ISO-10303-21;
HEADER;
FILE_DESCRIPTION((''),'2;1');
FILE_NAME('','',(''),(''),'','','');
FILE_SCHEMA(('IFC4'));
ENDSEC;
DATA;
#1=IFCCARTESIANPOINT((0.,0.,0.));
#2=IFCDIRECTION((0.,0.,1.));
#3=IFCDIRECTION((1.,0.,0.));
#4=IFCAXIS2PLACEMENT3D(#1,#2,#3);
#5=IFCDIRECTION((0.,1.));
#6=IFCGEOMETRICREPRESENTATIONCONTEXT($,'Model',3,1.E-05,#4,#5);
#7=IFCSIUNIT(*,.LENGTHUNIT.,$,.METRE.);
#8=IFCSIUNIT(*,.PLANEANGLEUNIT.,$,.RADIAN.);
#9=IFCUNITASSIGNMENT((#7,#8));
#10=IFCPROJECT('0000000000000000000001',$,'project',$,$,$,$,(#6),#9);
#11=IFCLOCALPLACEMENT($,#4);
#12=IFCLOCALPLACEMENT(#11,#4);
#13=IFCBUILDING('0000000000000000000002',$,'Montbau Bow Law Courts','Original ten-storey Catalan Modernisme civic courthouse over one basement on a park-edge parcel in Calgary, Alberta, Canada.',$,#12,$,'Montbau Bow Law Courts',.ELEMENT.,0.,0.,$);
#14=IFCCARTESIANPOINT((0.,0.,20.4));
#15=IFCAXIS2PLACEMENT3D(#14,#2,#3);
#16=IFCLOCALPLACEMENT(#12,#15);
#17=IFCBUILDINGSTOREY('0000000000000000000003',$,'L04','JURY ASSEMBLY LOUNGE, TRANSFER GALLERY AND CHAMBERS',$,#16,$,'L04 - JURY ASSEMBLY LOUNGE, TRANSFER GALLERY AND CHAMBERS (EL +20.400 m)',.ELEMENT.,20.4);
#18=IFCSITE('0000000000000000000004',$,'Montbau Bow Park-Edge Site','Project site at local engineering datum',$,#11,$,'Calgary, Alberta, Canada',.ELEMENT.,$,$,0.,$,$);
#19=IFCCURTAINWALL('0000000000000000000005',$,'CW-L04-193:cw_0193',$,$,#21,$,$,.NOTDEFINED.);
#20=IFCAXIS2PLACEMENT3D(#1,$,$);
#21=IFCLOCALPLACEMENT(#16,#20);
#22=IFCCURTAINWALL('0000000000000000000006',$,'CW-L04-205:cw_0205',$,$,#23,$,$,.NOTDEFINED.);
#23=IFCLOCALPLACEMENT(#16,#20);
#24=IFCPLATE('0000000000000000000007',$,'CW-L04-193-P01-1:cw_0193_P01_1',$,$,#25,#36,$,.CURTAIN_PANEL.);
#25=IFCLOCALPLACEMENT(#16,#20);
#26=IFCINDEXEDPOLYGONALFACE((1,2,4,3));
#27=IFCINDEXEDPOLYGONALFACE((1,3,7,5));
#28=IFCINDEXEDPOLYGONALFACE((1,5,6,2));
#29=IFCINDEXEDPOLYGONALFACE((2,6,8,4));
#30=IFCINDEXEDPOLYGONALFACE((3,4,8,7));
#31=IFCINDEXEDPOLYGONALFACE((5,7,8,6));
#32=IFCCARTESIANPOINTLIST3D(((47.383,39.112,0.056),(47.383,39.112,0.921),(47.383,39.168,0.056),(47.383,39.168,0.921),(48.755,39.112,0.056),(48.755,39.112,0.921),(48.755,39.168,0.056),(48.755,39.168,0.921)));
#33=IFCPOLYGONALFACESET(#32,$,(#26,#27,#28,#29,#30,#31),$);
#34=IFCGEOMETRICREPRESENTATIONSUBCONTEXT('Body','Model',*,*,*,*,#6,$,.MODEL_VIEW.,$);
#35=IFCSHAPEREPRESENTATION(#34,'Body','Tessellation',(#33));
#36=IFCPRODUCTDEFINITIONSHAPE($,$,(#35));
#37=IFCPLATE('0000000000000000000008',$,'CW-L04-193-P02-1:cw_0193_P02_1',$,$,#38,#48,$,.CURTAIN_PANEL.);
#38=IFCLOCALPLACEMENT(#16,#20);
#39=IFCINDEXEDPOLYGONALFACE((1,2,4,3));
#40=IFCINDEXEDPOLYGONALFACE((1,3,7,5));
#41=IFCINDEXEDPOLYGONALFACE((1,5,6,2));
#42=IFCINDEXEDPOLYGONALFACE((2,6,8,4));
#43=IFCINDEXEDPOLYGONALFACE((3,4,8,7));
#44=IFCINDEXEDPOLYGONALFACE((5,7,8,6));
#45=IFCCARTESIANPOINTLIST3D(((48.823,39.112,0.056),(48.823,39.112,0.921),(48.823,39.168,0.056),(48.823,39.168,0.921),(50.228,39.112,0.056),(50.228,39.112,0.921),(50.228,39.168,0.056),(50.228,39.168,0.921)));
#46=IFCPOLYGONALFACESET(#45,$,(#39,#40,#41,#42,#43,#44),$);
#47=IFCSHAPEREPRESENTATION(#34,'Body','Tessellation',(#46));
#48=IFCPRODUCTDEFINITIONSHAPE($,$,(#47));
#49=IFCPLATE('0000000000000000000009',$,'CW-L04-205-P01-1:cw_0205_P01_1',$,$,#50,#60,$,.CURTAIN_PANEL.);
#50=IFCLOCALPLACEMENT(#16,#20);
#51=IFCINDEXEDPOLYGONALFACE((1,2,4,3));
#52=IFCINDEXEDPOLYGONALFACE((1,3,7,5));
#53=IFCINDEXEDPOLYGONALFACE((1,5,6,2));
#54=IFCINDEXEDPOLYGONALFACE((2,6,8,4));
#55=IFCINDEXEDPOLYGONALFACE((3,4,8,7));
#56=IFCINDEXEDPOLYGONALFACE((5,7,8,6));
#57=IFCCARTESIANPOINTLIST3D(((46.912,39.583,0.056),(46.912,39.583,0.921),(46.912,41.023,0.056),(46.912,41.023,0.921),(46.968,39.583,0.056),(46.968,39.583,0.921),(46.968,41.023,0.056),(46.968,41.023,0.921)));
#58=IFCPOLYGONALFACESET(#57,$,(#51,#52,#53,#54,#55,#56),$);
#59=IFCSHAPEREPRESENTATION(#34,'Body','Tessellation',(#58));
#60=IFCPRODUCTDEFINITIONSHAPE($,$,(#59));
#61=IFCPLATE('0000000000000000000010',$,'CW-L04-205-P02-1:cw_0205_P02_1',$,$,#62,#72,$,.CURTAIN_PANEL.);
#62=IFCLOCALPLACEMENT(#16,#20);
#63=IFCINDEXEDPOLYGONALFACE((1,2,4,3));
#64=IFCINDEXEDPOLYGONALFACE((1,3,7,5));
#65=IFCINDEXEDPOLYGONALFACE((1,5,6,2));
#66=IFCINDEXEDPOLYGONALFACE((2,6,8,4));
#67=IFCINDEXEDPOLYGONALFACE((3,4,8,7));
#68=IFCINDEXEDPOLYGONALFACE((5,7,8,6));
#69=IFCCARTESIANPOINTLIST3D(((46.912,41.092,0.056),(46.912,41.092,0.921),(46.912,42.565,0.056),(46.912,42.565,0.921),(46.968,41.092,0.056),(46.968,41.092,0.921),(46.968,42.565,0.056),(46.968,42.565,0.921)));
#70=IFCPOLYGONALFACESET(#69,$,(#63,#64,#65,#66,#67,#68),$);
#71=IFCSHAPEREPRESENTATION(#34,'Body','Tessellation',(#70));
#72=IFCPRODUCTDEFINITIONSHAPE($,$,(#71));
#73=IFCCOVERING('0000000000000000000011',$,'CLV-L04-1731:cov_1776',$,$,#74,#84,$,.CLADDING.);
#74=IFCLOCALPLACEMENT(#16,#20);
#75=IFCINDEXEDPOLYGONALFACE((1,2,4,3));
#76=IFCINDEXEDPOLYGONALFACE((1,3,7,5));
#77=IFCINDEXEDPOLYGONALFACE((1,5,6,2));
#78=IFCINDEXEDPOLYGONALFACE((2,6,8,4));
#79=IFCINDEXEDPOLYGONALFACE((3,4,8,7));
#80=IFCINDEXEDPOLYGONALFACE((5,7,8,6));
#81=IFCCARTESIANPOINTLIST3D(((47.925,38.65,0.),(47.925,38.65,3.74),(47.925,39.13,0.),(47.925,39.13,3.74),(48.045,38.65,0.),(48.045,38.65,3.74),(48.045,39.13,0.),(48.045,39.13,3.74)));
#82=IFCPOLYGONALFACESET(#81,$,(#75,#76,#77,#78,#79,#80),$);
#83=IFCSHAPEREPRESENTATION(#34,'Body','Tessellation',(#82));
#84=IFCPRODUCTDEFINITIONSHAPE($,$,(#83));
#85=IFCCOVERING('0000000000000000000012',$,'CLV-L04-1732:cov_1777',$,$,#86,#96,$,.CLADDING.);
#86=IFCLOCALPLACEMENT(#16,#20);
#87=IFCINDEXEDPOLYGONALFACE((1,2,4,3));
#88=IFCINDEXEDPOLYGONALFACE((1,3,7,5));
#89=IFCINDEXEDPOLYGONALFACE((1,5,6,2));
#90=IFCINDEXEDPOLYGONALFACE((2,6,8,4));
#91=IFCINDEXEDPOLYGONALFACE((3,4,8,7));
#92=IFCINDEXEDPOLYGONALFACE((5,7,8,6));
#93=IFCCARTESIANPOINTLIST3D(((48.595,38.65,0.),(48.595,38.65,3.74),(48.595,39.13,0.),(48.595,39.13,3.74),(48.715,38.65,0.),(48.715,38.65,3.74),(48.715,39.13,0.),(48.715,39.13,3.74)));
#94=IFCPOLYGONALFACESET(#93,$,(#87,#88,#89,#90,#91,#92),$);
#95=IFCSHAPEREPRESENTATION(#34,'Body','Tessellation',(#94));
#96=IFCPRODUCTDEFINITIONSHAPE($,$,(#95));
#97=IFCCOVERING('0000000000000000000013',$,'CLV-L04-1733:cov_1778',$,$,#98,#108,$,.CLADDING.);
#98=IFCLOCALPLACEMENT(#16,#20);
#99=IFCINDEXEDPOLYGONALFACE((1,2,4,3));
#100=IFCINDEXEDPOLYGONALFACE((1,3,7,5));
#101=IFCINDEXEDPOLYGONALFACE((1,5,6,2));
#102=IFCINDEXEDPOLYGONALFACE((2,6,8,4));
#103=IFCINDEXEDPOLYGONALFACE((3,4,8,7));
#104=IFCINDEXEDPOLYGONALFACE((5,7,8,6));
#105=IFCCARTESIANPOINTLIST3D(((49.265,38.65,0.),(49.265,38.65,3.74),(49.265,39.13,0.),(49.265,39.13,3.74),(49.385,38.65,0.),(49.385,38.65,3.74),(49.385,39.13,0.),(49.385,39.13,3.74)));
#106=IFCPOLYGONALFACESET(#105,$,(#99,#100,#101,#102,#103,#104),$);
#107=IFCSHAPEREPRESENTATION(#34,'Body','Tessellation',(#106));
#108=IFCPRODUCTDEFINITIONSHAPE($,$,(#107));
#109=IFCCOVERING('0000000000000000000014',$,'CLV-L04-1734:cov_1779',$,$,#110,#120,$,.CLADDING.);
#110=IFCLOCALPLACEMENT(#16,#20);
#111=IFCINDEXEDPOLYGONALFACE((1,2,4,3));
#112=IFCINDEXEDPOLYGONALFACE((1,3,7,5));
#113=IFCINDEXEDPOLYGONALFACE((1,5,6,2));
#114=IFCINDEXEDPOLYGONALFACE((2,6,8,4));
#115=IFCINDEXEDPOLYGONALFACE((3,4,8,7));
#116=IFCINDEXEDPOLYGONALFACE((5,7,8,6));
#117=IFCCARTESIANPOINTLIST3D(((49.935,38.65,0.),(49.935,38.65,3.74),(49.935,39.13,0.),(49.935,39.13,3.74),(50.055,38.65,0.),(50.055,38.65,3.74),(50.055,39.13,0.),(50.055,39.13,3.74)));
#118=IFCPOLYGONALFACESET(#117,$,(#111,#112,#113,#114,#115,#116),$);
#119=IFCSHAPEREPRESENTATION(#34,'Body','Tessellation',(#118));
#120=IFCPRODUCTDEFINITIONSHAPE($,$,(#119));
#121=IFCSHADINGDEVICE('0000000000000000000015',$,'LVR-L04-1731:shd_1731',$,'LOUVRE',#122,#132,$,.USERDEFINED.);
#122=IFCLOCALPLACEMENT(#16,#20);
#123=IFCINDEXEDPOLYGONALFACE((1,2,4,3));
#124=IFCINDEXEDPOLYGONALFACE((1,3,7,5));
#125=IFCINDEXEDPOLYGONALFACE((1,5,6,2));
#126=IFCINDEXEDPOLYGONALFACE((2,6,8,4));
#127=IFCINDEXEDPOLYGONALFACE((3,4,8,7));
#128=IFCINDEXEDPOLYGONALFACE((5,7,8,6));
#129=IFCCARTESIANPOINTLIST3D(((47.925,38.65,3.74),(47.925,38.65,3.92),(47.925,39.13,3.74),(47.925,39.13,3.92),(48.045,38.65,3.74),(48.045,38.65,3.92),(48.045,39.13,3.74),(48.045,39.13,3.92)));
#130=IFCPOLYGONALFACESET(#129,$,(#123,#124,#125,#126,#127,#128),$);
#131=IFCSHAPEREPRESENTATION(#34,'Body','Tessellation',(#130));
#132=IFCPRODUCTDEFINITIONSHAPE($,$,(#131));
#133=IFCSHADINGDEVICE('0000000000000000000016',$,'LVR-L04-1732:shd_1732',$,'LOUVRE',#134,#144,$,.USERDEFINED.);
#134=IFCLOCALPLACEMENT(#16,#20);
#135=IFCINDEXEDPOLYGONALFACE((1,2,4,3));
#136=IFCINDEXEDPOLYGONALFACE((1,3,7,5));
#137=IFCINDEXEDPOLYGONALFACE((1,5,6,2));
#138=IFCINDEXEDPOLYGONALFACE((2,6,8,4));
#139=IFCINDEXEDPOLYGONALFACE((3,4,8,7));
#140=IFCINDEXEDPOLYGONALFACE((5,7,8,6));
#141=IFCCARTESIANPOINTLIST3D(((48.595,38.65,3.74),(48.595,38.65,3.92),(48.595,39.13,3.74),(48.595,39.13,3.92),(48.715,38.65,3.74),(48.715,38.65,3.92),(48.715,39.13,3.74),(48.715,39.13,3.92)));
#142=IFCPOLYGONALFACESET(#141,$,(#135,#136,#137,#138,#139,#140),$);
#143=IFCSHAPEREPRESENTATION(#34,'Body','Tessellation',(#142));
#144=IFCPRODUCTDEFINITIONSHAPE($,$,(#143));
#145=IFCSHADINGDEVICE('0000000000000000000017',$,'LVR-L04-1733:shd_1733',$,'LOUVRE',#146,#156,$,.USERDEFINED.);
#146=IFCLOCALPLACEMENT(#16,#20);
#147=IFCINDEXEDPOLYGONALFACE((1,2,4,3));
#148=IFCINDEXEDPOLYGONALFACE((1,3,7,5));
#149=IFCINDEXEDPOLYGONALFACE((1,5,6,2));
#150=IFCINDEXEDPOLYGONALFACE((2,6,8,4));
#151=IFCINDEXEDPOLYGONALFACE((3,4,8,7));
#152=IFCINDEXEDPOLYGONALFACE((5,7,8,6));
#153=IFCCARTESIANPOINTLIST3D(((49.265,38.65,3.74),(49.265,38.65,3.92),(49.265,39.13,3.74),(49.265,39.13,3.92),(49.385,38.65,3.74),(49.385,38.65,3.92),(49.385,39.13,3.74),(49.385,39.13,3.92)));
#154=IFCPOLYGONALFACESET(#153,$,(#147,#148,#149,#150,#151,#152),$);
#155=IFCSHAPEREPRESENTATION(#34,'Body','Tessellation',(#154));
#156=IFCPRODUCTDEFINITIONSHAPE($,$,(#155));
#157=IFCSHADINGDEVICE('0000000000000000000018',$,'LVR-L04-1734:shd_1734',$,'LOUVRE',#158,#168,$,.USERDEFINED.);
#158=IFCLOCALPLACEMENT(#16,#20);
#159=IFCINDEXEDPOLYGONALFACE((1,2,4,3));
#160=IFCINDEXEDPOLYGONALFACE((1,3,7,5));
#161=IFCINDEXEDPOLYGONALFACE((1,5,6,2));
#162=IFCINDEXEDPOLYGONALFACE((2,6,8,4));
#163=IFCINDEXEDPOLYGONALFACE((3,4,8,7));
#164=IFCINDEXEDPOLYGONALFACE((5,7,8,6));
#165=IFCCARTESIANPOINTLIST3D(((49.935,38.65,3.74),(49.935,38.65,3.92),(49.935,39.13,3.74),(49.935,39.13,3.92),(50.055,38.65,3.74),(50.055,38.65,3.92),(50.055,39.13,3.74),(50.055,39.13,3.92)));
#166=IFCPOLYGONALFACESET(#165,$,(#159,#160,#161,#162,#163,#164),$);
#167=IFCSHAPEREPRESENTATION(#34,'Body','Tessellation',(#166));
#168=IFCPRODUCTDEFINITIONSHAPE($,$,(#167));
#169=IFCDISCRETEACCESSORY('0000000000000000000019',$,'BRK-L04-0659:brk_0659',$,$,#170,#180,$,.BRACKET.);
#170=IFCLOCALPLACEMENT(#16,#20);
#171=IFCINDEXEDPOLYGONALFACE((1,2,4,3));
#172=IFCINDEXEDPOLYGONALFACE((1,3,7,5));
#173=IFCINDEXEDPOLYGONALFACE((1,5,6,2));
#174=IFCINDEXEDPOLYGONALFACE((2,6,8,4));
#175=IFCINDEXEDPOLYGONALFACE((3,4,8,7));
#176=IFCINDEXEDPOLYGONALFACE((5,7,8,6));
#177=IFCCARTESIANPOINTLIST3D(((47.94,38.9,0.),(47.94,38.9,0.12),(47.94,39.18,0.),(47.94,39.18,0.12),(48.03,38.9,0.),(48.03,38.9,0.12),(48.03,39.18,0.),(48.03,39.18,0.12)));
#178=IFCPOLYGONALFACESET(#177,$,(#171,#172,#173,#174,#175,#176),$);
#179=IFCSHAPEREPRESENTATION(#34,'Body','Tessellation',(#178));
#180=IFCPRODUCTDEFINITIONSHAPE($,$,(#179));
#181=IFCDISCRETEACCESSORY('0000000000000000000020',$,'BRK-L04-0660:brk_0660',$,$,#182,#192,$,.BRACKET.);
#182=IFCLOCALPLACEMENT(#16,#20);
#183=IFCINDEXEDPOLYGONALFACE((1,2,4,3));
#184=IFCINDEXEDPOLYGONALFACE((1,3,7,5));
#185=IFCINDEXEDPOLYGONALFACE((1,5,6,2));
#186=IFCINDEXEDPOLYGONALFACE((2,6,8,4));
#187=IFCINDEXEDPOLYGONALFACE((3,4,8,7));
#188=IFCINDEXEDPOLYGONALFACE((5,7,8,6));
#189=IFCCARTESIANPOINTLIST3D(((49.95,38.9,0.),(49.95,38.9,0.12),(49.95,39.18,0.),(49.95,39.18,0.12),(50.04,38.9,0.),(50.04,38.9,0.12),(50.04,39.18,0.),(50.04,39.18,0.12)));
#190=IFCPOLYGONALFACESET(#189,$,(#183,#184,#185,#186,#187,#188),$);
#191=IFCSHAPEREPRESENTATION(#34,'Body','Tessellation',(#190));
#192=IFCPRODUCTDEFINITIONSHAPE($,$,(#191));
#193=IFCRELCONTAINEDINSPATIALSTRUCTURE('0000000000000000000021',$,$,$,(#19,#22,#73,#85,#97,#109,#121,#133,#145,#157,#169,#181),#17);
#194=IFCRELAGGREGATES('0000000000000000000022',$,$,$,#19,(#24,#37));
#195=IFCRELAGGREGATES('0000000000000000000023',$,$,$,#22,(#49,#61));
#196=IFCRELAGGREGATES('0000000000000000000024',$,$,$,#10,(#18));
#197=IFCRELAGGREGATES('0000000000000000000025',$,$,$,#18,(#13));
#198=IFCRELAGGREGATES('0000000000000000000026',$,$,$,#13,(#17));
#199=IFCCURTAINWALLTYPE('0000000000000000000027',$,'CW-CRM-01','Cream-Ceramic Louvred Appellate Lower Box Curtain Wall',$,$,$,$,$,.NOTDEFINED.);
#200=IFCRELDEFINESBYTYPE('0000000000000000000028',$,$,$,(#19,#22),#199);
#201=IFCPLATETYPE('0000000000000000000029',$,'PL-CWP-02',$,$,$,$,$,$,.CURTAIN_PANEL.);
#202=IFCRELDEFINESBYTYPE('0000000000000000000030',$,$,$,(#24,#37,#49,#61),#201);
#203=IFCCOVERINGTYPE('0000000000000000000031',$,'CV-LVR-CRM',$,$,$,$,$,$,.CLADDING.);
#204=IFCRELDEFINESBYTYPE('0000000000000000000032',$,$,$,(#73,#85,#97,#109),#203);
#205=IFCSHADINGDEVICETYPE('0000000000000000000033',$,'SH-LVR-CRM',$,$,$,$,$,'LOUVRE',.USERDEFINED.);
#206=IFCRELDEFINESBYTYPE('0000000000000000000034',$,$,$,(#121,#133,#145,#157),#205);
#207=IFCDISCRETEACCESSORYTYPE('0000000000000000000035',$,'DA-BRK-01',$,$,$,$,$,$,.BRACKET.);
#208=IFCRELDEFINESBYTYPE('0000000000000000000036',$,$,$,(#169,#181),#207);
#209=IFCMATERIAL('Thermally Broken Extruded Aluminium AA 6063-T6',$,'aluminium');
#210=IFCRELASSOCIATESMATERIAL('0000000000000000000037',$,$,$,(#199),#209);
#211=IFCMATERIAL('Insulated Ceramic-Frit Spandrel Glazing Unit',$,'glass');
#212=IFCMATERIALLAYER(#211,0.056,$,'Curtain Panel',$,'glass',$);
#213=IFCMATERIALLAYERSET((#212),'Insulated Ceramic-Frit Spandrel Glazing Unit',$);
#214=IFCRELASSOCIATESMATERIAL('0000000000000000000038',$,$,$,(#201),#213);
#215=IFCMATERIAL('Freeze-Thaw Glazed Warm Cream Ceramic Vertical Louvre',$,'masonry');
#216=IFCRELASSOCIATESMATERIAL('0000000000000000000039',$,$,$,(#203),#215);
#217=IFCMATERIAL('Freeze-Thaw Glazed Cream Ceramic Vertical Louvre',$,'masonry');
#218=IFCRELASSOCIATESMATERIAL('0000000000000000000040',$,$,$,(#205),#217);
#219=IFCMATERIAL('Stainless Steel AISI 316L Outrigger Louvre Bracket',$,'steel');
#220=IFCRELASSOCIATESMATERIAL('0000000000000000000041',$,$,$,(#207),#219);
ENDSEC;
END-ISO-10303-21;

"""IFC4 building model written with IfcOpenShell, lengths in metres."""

from ifc_helpers import new_model, si_unit, direction, frame, frame_2d, origin_with_axes, origin_2d_with_axis, place, context, subcontext, project, spatial, rectangle, extrude, material, layer, layer_set, type_object, element, aggregate, save


model = new_model("IFC4")

# Units and contexts
model_context = context("Model", 3, precision=1e-05, world=origin_with_axes(), true_north=direction((0.0, 1.0)))
body_context = subcontext(model_context, "Body", "Model", "MODEL_VIEW")
ifc_project = project(units=[si_unit("LENGTHUNIT", "METRE"), si_unit("PLANEANGLEUNIT", "RADIAN")], contexts=[model_context])

# Site, building, storey
site_placement = place(None, origin_with_axes())
site = spatial("IfcSite", under=ifc_project, at=site_placement, Name="Montbau Bow Park-Edge Site", Description="Project site at local engineering datum", LongName="Calgary, Alberta, Canada", CompositionType="ELEMENT", RefElevation=0.0)
building_placement = place(site_placement, origin_with_axes())
building = spatial("IfcBuilding", under=site, at=building_placement, Name="Montbau Bow Law Courts", Description="Original ten-storey Catalan Modernisme civic courthouse over one basement on a park-edge parcel in Calgary, Alberta, Canada.", LongName="Montbau Bow Law Courts", CompositionType="ELEMENT", ElevationOfRefHeight=0.0, ElevationOfTerrain=0.0)
storey_placement = place(building_placement, frame((0.0, 0.0, 20.4), z_axis=(0.0, 0.0, 1.0), x_axis=(1.0, 0.0, 0.0)))
storey = spatial("IfcBuildingStorey", under=building, at=storey_placement, Name="L04", Description="JURY ASSEMBLY LOUNGE, TRANSFER GALLERY AND CHAMBERS", LongName="L04 - JURY ASSEMBLY LOUNGE, TRANSFER GALLERY AND CHAMBERS (EL +20.400 m)", CompositionType="ELEMENT", Elevation=20.4)

# Curtain walls
ifc_material_1 = material(Name="Thermally Broken Extruded Aluminium AA 6063-T6", Category="aluminium")
curtain_wall_type = type_object("IfcCurtainWallType", Name="CW-CRM-01", Description="Cream-Ceramic Louvred Appellate Lower Box Curtain Wall", PredefinedType="NOTDEFINED", material=ifc_material_1)
curtain_wall_1_placement = place(None, frame((47.315, 39.14, 20.4), z_axis=(0.0, 0.0, 1.0), x_axis=(1.0, 0.0, 0.0)))
curtain_wall_1 = element("IfcCurtainWall", 1, at=curtain_wall_1_placement, inside=storey, type_object=curtain_wall_type, Name="CW-L04-193:cw_0193", PredefinedType="NOTDEFINED")
curtain_wall_2_placement = place(None, frame((46.94, 39.515, 20.4), z_axis=(0.0, 0.0, 1.0), x_axis=(1.0, 0.0, 0.0)))
curtain_wall_2 = element("IfcCurtainWall", 2, at=curtain_wall_2_placement, inside=storey, type_object=curtain_wall_type, Name="CW-L04-205:cw_0205", PredefinedType="NOTDEFINED")

# Plates
ifc_material_2 = material(Name="Insulated Ceramic-Frit Spandrel Glazing Unit", Category="glass")
ifc_layer_1 = layer(ifc_material_2, 0.056, Name="Curtain Panel", Category="glass")
ifc_layer_set_1 = layer_set([ifc_layer_1], Name="Insulated Ceramic-Frit Spandrel Glazing Unit")
plate_type_1 = type_object("IfcPlateType", Name="PL-CWP-02", PredefinedType="CURTAIN_PANEL", material=ifc_layer_set_1)
plate_1_placement = place(None, frame((47.383, 39.14, 20.456), z_axis=(0.0, -1.0, 0.0), x_axis=(1.0, 0.0, 0.0)))
plate_1 = element("IfcPlate", 3, at=plate_1_placement, type_object=plate_type_1, Name="CW-L04-193-P01-1:cw_0193_P01_1", PredefinedType="CURTAIN_PANEL", context=body_context, shape_type="SweptSolid", body=[
    extrude(rectangle(XDim=1.372, YDim=0.865, at=frame_2d((0.686, 0.4325), x_axis=(1.0, 0.0))), frame((0.0, 0.0, -0.028), z_axis=(0.0, 0.0, 1.0), x_axis=(1.0, 0.0, 0.0)), (0.0, 0.0, 1.0), 0.056),
])
plate_2_placement = place(None, frame((48.823, 39.14, 20.456), z_axis=(0.0, -1.0, 0.0), x_axis=(1.0, 0.0, 0.0)))
plate_2 = element("IfcPlate", 4, at=plate_2_placement, type_object=plate_type_1, Name="CW-L04-193-P02-1:cw_0193_P02_1", PredefinedType="CURTAIN_PANEL", context=body_context, shape_type="SweptSolid", body=[
    extrude(rectangle(XDim=1.405, YDim=0.865, at=frame_2d((0.7025, 0.4325), x_axis=(1.0, 0.0))), frame((0.0, 0.0, -0.028), z_axis=(0.0, 0.0, 1.0), x_axis=(1.0, 0.0, 0.0)), (0.0, 0.0, 1.0), 0.056),
])
aggregate(curtain_wall_1, [plate_1, plate_2])
plate_3_placement = place(None, frame((46.94, 39.583, 20.456), z_axis=(1.0, 0.0, 0.0), x_axis=(0.0, 1.0, 0.0)))
plate_3 = element("IfcPlate", 5, at=plate_3_placement, type_object=plate_type_1, Name="CW-L04-205-P01-1:cw_0205_P01_1", PredefinedType="CURTAIN_PANEL", context=body_context, shape_type="SweptSolid", body=[
    extrude(rectangle(XDim=1.44, YDim=0.865, at=frame_2d((0.72, 0.4325), x_axis=(1.0, 0.0))), frame((0.0, 0.0, -0.028), z_axis=(0.0, 0.0, 1.0), x_axis=(1.0, 0.0, 0.0)), (0.0, 0.0, 1.0), 0.056),
])
plate_4_placement = place(None, frame((46.94, 41.092, 20.456), z_axis=(1.0, 0.0, 0.0), x_axis=(0.0, 1.0, 0.0)))
plate_4 = element("IfcPlate", 6, at=plate_4_placement, type_object=plate_type_1, Name="CW-L04-205-P02-1:cw_0205_P02_1", PredefinedType="CURTAIN_PANEL", context=body_context, shape_type="SweptSolid", body=[
    extrude(rectangle(XDim=1.473, YDim=0.865, at=frame_2d((0.7365, 0.4325), x_axis=(1.0, 0.0))), frame((0.0, 0.0, -0.028), z_axis=(0.0, 0.0, 1.0), x_axis=(1.0, 0.0, 0.0)), (0.0, 0.0, 1.0), 0.056),
])
aggregate(curtain_wall_2, [plate_3, plate_4])

# Coverings
ifc_material_3 = material(Name="Freeze-Thaw Glazed Warm Cream Ceramic Vertical Louvre", Category="masonry")
covering_type = type_object("IfcCoveringType", Name="CV-LVR-CRM", PredefinedType="CLADDING", material=ifc_material_3)
for number, where, z_axis, x_axis, name in (
    (7, (47.985, 39.13, 20.4), (-1.0, 0.0, 0.0), (0.0, -1.0, 0.0), "CLV-L04-1731:cov_1776"),
    (8, (48.655, 39.13, 20.4), (-1.0, 0.0, 0.0), (0.0, -1.0, 0.0), "CLV-L04-1732:cov_1777"),
    (9, (49.325, 39.13, 20.4), (-1.0, 0.0, 0.0), (0.0, -1.0, 0.0), "CLV-L04-1733:cov_1778"),
    (10, (49.995, 39.13, 20.4), (-1.0, 0.0, 0.0), (0.0, -1.0, 0.0), "CLV-L04-1734:cov_1779"),
):
    element("IfcCovering", number, at=place(None, frame(where, z_axis=z_axis, x_axis=x_axis)), inside=storey, type_object=covering_type, Name=name, PredefinedType="CLADDING", context=body_context, shape_type="SweptSolid", body=[
        extrude(rectangle(XDim=0.48, YDim=3.74, at=frame_2d((0.24, 1.87), x_axis=(1.0, 0.0))), frame((0.0, 0.0, -0.06), z_axis=(0.0, 0.0, 1.0), x_axis=(1.0, 0.0, 0.0)), (0.0, 0.0, 1.0), 0.12),
    ])

# Shading devices
ifc_material_4 = material(Name="Freeze-Thaw Glazed Cream Ceramic Vertical Louvre", Category="masonry")
shading_device_type = type_object("IfcShadingDeviceType", Name="SH-LVR-CRM", ElementType="LOUVRE", PredefinedType="USERDEFINED", material=ifc_material_4)
for number, where, z_axis, x_axis, name in (
    (11, (47.985, 38.89, 24.14), (0.0, 0.0, 1.0), (0.0, -1.0, 0.0), "LVR-L04-1731:shd_1731"),
    (12, (48.655, 38.89, 24.14), (0.0, 0.0, 1.0), (0.0, -1.0, 0.0), "LVR-L04-1732:shd_1732"),
    (13, (49.325, 38.89, 24.14), (0.0, 0.0, 1.0), (0.0, -1.0, 0.0), "LVR-L04-1733:shd_1733"),
    (14, (49.995, 38.89, 24.14), (0.0, 0.0, 1.0), (0.0, -1.0, 0.0), "LVR-L04-1734:shd_1734"),
):
    element("IfcShadingDevice", number, at=place(None, frame(where, z_axis=z_axis, x_axis=x_axis)), inside=storey, type_object=shading_device_type, Name=name, ObjectType="LOUVRE", PredefinedType="USERDEFINED", context=body_context, shape_type="SweptSolid", body=[
        extrude(rectangle(XDim=0.48, YDim=0.12, at=origin_2d_with_axis()), origin_with_axes(), (0.0, 0.0, 1.0), 0.18),
    ])

# Discrete accessories
ifc_material_5 = material(Name="Stainless Steel AISI 316L Outrigger Louvre Bracket", Category="steel")
discrete_accessory_type = type_object("IfcDiscreteAccessoryType", Name="DA-BRK-01", PredefinedType="BRACKET", material=ifc_material_5)
for number, where, z_axis, x_axis, name in (
    (15, (47.985, 39.04, 20.4), (0.0, 0.0, 1.0), (0.0, -1.0, 0.0), "BRK-L04-0659:brk_0659"),
    (16, (49.995, 39.04, 20.4), (0.0, 0.0, 1.0), (0.0, -1.0, 0.0), "BRK-L04-0660:brk_0660"),
):
    element("IfcDiscreteAccessory", number, at=place(None, frame(where, z_axis=z_axis, x_axis=x_axis)), inside=storey, type_object=discrete_accessory_type, Name=name, PredefinedType="BRACKET", context=body_context, shape_type="SweptSolid", body=[
        extrude(rectangle(XDim=0.28, YDim=0.09, at=origin_2d_with_axis()), origin_with_axes(), (0.0, 0.0, 1.0), 0.12),
    ])

save(model, "model.ifc")
